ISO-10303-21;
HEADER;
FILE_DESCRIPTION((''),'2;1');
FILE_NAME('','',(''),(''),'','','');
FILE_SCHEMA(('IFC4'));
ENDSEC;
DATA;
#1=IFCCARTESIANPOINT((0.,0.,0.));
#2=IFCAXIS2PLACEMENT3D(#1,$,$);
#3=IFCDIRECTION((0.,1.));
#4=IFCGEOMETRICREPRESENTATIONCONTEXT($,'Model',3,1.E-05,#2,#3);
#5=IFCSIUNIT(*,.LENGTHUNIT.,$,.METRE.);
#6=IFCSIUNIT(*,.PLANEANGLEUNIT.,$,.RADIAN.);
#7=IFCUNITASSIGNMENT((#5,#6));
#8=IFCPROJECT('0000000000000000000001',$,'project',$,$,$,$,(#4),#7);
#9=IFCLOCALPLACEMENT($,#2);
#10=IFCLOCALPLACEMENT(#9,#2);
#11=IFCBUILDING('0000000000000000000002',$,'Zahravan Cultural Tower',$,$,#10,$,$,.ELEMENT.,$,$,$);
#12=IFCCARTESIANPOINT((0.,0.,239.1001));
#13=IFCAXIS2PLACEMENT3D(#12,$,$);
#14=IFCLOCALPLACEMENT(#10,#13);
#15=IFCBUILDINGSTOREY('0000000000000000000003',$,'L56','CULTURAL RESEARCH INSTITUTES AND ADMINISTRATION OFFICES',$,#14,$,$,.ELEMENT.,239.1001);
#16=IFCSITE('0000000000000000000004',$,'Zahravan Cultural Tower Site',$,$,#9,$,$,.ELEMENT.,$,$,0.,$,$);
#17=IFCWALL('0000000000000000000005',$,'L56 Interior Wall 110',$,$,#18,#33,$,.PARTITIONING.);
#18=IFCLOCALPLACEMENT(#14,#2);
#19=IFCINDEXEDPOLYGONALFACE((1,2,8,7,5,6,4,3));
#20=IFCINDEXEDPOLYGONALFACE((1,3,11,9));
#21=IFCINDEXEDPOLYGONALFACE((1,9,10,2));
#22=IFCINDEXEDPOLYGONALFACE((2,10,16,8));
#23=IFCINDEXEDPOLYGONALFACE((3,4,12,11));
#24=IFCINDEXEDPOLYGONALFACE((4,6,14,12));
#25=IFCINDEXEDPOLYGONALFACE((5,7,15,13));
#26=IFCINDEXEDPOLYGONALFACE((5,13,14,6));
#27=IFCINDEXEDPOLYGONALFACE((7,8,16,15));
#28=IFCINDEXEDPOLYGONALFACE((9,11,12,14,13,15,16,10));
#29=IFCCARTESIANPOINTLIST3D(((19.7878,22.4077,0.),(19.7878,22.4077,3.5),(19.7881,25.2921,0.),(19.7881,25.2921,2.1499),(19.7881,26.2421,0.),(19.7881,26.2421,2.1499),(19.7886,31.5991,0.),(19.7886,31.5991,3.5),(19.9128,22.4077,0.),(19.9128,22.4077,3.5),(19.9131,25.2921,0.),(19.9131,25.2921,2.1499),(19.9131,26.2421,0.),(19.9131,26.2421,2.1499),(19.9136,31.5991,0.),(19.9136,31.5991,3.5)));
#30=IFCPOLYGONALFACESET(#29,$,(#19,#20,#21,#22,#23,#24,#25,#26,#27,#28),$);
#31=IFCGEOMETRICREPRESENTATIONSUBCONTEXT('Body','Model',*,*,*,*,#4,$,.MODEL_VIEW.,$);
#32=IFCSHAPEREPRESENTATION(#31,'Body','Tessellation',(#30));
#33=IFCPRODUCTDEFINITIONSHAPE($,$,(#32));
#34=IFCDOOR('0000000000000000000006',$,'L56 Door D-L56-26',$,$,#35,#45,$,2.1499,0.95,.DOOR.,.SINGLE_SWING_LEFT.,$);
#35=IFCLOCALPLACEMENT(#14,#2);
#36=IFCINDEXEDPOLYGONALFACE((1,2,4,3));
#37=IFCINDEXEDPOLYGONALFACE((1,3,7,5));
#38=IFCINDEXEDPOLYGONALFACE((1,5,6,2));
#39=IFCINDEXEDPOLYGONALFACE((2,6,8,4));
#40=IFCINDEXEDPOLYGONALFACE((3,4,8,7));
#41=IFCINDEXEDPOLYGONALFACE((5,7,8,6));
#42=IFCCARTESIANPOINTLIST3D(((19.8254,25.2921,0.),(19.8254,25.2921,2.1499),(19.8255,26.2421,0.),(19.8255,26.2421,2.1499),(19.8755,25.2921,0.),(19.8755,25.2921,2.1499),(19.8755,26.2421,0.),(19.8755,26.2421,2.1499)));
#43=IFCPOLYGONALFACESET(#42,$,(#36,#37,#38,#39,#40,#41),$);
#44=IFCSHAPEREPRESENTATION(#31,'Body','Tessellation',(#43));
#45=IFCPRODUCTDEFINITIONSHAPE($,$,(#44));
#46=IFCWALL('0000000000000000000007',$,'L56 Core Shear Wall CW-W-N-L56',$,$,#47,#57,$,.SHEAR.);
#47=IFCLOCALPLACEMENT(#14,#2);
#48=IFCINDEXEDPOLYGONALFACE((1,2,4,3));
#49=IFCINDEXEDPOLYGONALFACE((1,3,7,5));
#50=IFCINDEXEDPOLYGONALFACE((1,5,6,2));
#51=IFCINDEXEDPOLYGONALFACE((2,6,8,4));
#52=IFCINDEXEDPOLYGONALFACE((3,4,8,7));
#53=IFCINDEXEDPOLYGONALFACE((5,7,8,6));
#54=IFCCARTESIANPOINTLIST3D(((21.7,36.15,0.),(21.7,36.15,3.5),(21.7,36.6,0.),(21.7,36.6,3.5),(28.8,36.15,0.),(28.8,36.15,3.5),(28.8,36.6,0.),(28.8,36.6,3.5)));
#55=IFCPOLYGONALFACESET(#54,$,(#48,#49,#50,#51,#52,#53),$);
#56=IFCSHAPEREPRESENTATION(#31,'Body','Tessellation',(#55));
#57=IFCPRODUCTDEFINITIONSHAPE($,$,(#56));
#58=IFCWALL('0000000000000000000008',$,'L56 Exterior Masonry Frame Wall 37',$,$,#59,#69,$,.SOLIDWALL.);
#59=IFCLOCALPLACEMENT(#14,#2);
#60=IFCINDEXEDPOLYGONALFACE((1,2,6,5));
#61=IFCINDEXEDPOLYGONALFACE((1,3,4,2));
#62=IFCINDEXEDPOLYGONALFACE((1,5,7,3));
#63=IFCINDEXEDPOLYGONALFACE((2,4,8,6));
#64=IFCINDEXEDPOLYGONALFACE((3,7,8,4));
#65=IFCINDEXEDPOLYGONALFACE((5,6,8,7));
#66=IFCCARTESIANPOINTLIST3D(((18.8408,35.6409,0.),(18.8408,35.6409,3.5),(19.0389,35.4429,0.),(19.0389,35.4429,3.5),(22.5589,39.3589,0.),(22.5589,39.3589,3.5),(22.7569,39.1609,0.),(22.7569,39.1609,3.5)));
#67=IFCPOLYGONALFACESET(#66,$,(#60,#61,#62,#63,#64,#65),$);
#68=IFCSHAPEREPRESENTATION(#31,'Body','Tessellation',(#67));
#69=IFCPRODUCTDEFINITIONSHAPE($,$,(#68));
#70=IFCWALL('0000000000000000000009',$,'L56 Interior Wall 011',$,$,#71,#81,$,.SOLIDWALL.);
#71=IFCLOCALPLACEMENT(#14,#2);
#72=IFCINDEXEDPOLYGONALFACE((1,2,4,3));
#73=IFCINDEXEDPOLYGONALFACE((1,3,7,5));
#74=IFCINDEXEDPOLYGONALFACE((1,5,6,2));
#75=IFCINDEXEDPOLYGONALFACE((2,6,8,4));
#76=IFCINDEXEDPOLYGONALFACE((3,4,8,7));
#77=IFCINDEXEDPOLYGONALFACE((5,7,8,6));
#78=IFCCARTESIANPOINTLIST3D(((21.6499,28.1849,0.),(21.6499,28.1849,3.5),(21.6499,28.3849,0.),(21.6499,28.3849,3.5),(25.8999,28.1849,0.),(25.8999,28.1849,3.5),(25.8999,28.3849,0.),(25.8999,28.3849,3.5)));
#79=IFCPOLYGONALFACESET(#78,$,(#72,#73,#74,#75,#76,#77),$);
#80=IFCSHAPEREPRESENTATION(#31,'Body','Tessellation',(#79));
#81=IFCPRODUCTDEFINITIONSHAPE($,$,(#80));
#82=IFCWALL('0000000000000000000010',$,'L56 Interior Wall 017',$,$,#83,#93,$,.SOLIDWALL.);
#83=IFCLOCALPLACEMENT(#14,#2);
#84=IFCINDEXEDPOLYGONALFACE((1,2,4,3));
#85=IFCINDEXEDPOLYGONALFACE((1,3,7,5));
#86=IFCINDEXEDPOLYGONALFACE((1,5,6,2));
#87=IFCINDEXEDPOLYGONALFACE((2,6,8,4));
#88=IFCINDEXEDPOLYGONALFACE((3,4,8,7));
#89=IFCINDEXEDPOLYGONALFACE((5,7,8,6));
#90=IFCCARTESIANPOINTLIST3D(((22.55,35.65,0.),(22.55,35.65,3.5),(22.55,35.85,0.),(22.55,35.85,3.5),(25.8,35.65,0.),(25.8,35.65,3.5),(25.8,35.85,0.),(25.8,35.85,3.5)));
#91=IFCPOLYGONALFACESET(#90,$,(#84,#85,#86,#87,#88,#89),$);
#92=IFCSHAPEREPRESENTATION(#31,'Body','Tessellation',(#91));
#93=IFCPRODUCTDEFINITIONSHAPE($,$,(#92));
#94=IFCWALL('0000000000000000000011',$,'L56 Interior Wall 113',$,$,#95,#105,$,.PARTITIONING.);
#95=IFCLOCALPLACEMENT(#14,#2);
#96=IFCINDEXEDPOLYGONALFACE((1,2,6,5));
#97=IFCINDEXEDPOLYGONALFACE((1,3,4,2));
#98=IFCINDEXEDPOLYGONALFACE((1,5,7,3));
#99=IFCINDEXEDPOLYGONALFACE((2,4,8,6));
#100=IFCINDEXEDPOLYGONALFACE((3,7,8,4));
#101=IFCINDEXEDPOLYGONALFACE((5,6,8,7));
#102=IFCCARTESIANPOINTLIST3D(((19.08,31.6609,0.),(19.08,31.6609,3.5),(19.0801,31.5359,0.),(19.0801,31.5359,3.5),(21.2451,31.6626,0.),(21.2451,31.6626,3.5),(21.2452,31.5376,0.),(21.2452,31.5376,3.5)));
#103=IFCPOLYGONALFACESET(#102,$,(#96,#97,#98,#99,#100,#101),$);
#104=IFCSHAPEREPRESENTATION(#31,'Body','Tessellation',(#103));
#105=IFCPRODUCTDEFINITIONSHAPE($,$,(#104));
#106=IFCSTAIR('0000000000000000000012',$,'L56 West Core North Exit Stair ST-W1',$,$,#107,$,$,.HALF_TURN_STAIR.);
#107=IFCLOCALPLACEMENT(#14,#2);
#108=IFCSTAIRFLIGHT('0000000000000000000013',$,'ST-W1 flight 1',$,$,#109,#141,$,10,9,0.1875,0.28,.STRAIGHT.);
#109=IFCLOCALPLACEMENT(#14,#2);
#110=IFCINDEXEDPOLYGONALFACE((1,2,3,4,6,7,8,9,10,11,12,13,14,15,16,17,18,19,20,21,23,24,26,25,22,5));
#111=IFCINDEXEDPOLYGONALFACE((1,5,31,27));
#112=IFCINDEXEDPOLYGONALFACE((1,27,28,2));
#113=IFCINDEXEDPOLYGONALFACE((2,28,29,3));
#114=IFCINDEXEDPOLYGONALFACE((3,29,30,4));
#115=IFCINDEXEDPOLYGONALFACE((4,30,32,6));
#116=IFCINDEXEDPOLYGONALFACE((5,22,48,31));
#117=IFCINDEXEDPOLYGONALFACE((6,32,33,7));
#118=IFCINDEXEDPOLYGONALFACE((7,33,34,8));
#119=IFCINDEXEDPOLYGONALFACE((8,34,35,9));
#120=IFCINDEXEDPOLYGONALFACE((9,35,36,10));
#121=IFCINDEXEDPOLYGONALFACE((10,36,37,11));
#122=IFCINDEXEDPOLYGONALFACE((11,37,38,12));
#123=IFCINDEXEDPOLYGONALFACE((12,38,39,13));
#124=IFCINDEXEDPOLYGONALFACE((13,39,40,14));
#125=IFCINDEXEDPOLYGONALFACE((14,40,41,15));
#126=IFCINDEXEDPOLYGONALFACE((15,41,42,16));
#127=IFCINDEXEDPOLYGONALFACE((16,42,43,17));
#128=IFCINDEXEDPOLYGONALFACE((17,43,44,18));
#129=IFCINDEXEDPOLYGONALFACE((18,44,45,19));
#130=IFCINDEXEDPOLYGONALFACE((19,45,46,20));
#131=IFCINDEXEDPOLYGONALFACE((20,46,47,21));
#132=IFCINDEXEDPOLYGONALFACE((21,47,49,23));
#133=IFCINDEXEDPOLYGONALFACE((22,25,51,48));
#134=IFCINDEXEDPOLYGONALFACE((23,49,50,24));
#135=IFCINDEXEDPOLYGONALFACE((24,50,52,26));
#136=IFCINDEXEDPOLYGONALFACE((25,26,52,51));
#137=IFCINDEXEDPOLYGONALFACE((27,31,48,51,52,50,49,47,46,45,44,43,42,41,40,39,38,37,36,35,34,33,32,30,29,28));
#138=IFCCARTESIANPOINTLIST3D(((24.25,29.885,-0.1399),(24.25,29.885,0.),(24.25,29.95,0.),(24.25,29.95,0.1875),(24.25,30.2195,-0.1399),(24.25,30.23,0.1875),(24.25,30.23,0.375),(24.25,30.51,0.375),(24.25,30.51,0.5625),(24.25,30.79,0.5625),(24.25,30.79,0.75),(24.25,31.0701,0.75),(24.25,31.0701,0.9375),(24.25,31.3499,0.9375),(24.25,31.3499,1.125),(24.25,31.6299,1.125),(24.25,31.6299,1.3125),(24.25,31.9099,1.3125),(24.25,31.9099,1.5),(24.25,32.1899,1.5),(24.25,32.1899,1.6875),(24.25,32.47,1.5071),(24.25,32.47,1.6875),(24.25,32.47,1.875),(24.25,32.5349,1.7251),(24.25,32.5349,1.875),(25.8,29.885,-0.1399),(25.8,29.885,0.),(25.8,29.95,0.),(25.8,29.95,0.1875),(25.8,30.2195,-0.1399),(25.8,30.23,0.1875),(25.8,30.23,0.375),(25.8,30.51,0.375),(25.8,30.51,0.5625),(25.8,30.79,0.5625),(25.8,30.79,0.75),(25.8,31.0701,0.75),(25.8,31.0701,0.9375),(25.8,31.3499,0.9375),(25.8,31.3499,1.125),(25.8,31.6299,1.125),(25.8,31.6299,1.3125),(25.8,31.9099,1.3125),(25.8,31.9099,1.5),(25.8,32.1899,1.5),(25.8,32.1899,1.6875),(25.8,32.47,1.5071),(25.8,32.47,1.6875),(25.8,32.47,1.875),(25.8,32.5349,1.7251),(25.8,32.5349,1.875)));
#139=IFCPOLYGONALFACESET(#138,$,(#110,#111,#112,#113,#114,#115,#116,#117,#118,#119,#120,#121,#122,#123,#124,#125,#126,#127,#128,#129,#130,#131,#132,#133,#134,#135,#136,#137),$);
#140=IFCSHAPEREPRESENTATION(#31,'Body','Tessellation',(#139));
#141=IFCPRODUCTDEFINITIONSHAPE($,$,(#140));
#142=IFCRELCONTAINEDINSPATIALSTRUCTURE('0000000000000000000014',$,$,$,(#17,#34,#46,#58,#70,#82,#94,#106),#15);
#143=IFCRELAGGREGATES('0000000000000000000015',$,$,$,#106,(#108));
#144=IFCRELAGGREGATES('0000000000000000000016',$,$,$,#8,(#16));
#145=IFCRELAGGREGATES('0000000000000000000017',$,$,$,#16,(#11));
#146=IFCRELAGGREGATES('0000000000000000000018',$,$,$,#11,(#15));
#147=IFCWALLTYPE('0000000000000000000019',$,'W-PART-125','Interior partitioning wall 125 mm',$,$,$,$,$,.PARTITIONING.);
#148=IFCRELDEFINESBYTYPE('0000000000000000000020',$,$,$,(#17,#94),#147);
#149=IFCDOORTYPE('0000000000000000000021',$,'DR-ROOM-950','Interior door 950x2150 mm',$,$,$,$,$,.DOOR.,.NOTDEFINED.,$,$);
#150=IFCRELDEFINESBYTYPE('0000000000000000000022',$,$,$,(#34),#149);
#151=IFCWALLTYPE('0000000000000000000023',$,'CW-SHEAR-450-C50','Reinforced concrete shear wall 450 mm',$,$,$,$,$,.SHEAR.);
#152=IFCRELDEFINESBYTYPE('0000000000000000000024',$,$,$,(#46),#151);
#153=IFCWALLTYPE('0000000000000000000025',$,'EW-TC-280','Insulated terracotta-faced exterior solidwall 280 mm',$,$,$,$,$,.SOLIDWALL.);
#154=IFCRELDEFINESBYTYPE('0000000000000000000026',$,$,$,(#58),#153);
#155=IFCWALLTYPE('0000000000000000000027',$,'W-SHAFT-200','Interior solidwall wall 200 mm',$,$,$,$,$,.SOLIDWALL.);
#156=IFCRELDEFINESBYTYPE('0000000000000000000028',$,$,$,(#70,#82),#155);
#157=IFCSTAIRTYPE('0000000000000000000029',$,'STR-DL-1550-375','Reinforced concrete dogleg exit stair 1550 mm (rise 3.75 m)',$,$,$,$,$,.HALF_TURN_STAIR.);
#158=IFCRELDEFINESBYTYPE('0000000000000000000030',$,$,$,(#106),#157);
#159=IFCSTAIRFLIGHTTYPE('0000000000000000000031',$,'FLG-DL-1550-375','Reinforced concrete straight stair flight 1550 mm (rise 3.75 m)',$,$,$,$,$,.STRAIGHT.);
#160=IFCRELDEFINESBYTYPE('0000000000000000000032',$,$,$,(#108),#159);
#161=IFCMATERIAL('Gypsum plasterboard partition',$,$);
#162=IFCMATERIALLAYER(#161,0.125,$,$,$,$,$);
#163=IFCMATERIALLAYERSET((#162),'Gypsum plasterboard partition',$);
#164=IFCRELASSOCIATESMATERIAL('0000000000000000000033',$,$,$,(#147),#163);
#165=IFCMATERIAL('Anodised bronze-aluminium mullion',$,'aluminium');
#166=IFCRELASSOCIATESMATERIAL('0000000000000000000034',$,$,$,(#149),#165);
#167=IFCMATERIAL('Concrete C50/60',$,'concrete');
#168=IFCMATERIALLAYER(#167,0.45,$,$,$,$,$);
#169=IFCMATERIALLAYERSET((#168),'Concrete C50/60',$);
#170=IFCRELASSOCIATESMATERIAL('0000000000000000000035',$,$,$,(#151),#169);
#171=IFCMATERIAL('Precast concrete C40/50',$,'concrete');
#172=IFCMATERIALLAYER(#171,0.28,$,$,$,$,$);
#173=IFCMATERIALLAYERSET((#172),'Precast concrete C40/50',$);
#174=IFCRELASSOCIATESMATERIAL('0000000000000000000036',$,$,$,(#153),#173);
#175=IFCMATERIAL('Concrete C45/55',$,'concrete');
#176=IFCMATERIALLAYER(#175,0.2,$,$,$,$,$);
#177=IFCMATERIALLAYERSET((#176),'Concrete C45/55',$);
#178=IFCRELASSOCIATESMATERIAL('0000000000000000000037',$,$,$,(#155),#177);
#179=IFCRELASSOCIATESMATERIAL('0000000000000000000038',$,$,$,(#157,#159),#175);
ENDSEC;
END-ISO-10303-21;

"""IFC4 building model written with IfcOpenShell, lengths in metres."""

from ifc_helpers import new_model, si_unit, direction, frame, frame_2d, origin, place, context, subcontext, project, spatial, polyline, rectangle, outline, extrude, source, transform, mapped, material, layer, layer_set, type_object, element, fill, aggregate, save


model = new_model("IFC4")

# Units and contexts
model_context = context("Model", 3, precision=1e-05, world=origin(), true_north=direction((0.0, 1.0)))
body_context = subcontext(model_context, "Body", "Model", "MODEL_VIEW")
ifc_project = project(units=[si_unit("LENGTHUNIT", "METRE"), si_unit("PLANEANGLEUNIT", "RADIAN")], contexts=[model_context])

# Site, building, storey
site_placement = place(None, origin())
site = spatial("IfcSite", under=ifc_project, at=site_placement, Name="Zahravan Cultural Tower Site", CompositionType="ELEMENT", RefElevation=0.0)
building_placement = place(site_placement, origin())
building = spatial("IfcBuilding", under=site, at=building_placement, Name="Zahravan Cultural Tower", CompositionType="ELEMENT")
storey_placement = place(building_placement, frame((0.0, 0.0, 239.1001)))
storey = spatial("IfcBuildingStorey", under=building, at=storey_placement, Name="L56", Description="CULTURAL RESEARCH INSTITUTES AND ADMINISTRATION OFFICES", CompositionType="ELEMENT", Elevation=239.1001)

# Shared definitions
ifc_material_1 = material(Name="Concrete C50/60", Category="concrete")

# Wall, opening, door
ifc_material_2 = material(Name="Gypsum plasterboard partition")
ifc_layer_1 = layer(ifc_material_2, 0.125)
ifc_layer_set_1 = layer_set([ifc_layer_1], Name="Gypsum plasterboard partition")
wall_type_1 = type_object("IfcWallType", Name="W-PART-125", Description="Interior partitioning wall 125 mm", PredefinedType="PARTITIONING", material=ifc_layer_set_1)
ifc_material_3 = material(Name="Anodised bronze-aluminium mullion", Category="aluminium")
door_type = type_object("IfcDoorType", Name="DR-ROOM-950", Description="Interior door 950x2150 mm", OperationType="NOTDEFINED", PredefinedType="DOOR", material=ifc_material_3)
shared_shape_1 = source(origin(), body_context, "Body", "SweptSolid", [
    extrude(rectangle(XDim=0.95, YDim=2.1499, at=frame_2d((0.4751, 1.075))), frame((0.0, 0.0249, 0.0), z_axis=(0.0, -1.0, 0.0), x_axis=(1.0, 0.0, 0.0)), (0.0, 0.0, 1.0), 0.05),
])
wall_1_placement = place(storey_placement, frame((19.8511, 31.5991, 0.0), z_axis=(0.0, 0.0, 1.0), x_axis=(-0.00008, -1.0, 0.0)))
wall_1 = element("IfcWall", 1, at=wall_1_placement, inside=storey, type_object=wall_type_1, Name="L56 Interior Wall 110", PredefinedType="PARTITIONING", context=body_context, shape_type="SweptSolid", body=[
    extrude(rectangle(XDim=9.1914, YDim=0.125, at=frame_2d((4.5957, 0.0))), origin(), (0.0, 0.0, 1.0), 3.5),
])
opening_1_placement = place(wall_1_placement, frame((5.3569, 0.0, 0.0)))
opening_1 = element("IfcOpeningElement", 2, at=opening_1_placement, cuts=wall_1, PredefinedType="OPENING", context=body_context, shape_type="SweptSolid", body=[
    extrude(rectangle(XDim=0.95, YDim=2.1499, at=frame_2d((0.4751, 1.075))), frame((0.0, 0.0725, 0.0), z_axis=(0.0, -1.0, 0.0), x_axis=(1.0, 0.0, 0.0)), (0.0, 0.0, 1.0), 0.145),
])
door_1_placement = place(opening_1_placement, origin())
door_1 = element("IfcDoor", 3, at=door_1_placement, inside=storey, type_object=door_type, Name="L56 Door D-L56-26", OperationType="SINGLE_SWING_LEFT", OverallHeight=2.1499, OverallWidth=0.95, PredefinedType="DOOR", context=body_context, shape_type="MappedRepresentation", body=[
    mapped(shared_shape_1, transform((0.0, 0.0, 0.0), x_axis=(1.0, 0.0, 0.0), y_axis=(0.0, 1.0, 0.0), z_axis=(0.0, 0.0, 1.0), scale=1.0)),
])
fill(opening_1, door_1)

# Walls
ifc_layer_2 = layer(ifc_material_1, 0.45)
ifc_layer_set_2 = layer_set([ifc_layer_2], Name="Concrete C50/60")
wall_type_2 = type_object("IfcWallType", Name="CW-SHEAR-450-C50", Description="Reinforced concrete shear wall 450 mm", PredefinedType="SHEAR", material=ifc_layer_set_2)
shared_shape_2 = source(origin(), body_context, "Body", "SweptSolid", [
    extrude(rectangle(XDim=7.1001, YDim=0.45, at=frame_2d((3.55, 0.0))), origin(), (0.0, 0.0, 1.0), 3.5),
])
wall_2_placement = place(storey_placement, frame((21.7, 36.375, 0.0), z_axis=(0.0, 0.0, 1.0), x_axis=(1.0, 0.0, 0.0)))
element("IfcWall", 4, at=wall_2_placement, inside=storey, type_object=wall_type_2, Name="L56 Core Shear Wall CW-W-N-L56", PredefinedType="SHEAR", context=body_context, shape_type="MappedRepresentation", body=[
    mapped(shared_shape_2, transform((0.0, 0.0, 0.0), x_axis=(1.0, 0.0, 0.0), y_axis=(0.0, 1.0, 0.0), z_axis=(0.0, 0.0, 1.0), scale=1.0)),
])
ifc_material_4 = material(Name="Precast concrete C40/50", Category="concrete")
ifc_layer_3 = layer(ifc_material_4, 0.28)
ifc_layer_set_3 = layer_set([ifc_layer_3], Name="Precast concrete C40/50")
wall_type_3 = type_object("IfcWallType", Name="EW-TC-280", Description="Insulated terracotta-faced exterior solidwall 280 mm", PredefinedType="SOLIDWALL", material=ifc_layer_set_3)
shared_shape_3 = source(origin(), body_context, "Body", "SweptSolid", [
    extrude(rectangle(XDim=5.2581, YDim=0.28, at=frame_2d((2.6289, 0.0))), origin(), (0.0, 0.0, 1.0), 3.5),
])
wall_3_placement = place(storey_placement, frame((18.9399, 35.542, 0.0), z_axis=(0.0, 0.0, 1.0), x_axis=(0.707107, 0.707107, 0.0)))
element("IfcWall", 5, at=wall_3_placement, inside=storey, type_object=wall_type_3, Name="L56 Exterior Masonry Frame Wall 37", PredefinedType="SOLIDWALL", context=body_context, shape_type="MappedRepresentation", body=[
    mapped(shared_shape_3, transform((0.0, 0.0, 0.0), x_axis=(1.0, 0.0, 0.0), y_axis=(0.0, 1.0, 0.0), z_axis=(0.0, 0.0, 1.0), scale=1.0)),
])
ifc_material_5 = material(Name="Concrete C45/55", Category="concrete")
ifc_layer_4 = layer(ifc_material_5, 0.2)
ifc_layer_set_4 = layer_set([ifc_layer_4], Name="Concrete C45/55")
wall_type_4 = type_object("IfcWallType", Name="W-SHAFT-200", Description="Interior solidwall wall 200 mm", PredefinedType="SOLIDWALL", material=ifc_layer_set_4)
shared_shape_4 = source(origin(), body_context, "Body", "SweptSolid", [
    extrude(rectangle(XDim=4.25, YDim=0.2, at=frame_2d((2.125, 0.0))), origin(), (0.0, 0.0, 1.0), 3.5),
])
wall_4_placement = place(storey_placement, frame((21.6499, 28.2849, 0.0), z_axis=(0.0, 0.0, 1.0), x_axis=(1.0, 0.0, 0.0)))
element("IfcWall", 6, at=wall_4_placement, inside=storey, type_object=wall_type_4, Name="L56 Interior Wall 011", PredefinedType="SOLIDWALL", context=body_context, shape_type="MappedRepresentation", body=[
    mapped(shared_shape_4, transform((0.0, 0.0, 0.0), x_axis=(1.0, 0.0, 0.0), y_axis=(0.0, 1.0, 0.0), z_axis=(0.0, 0.0, 1.0), scale=1.0)),
])
shared_shape_5 = source(origin(), body_context, "Body", "SweptSolid", [
    extrude(rectangle(XDim=3.25, YDim=0.2, at=frame_2d((1.625, 0.0))), origin(), (0.0, 0.0, 1.0), 3.5),
])
wall_5_placement = place(storey_placement, frame((22.55, 35.75, 0.0), z_axis=(0.0, 0.0, 1.0), x_axis=(1.0, 0.0, 0.0)))
element("IfcWall", 7, at=wall_5_placement, inside=storey, type_object=wall_type_4, Name="L56 Interior Wall 017", PredefinedType="SOLIDWALL", context=body_context, shape_type="MappedRepresentation", body=[
    mapped(shared_shape_5, transform((0.0, 0.0, 0.0), x_axis=(1.0, 0.0, 0.0), y_axis=(0.0, 1.0, 0.0), z_axis=(0.0, 0.0, 1.0), scale=1.0)),
])
shared_shape_6 = source(origin(), body_context, "Body", "SweptSolid", [
    extrude(rectangle(XDim=2.165, YDim=0.125, at=frame_2d((1.0825, 0.0))), origin(), (0.0, 0.0, 1.0), 3.5),
])
wall_6_placement = place(storey_placement, frame((21.2451, 31.6001, 0.0), z_axis=(0.0, 0.0, 1.0), x_axis=(-1.0, -0.000789, 0.0)))
element("IfcWall", 8, at=wall_6_placement, inside=storey, type_object=wall_type_1, Name="L56 Interior Wall 113", PredefinedType="PARTITIONING", context=body_context, shape_type="MappedRepresentation", body=[
    mapped(shared_shape_6, transform((0.0, 0.0, 0.0), x_axis=(1.0, 0.0, 0.0), y_axis=(0.0, 1.0, 0.0), z_axis=(0.0, 0.0, 1.0), scale=1.0)),
])

# Stair, stair flight
stair_type = type_object("IfcStairType", Name="STR-DL-1550-375", Description="Reinforced concrete dogleg exit stair 1550 mm (rise 3.75 m)", PredefinedType="HALF_TURN_STAIR", material=ifc_material_5)
stair_placement = place(storey_placement, origin())
stair = element("IfcStair", 9, at=stair_placement, inside=storey, type_object=stair_type, Name="L56 West Core North Exit Stair ST-W1", PredefinedType="HALF_TURN_STAIR")
stair_flight_type = type_object("IfcStairFlightType", Name="FLG-DL-1550-375", Description="Reinforced concrete straight stair flight 1550 mm (rise 3.75 m)", PredefinedType="STRAIGHT", material=ifc_material_5)
stair_flight_1_placement = place(storey_placement, frame((25.0249, 29.95, 0.0), z_axis=(0.0, 0.0, 1.0), x_axis=(0.0, 1.0, 0.0)))
stair_flight_1 = element("IfcStairFlight", 10, at=stair_flight_1_placement, type_object=stair_flight_type, Name="ST-W1 flight 1", NumberOfRisers=10, NumberOfTreads=9, PredefinedType="STRAIGHT", RiserHeight=0.1875, TreadLength=0.28, context=body_context, shape_type="SweptSolid", body=[
    extrude(outline(polyline([(-0.0649, -0.1399), (-0.0649, 0.0), (0.0, 0.0), (0.0, 0.1875), (0.28, 0.1875), (0.28, 0.375), (0.5601, 0.375), (0.5601, 0.5625), (0.8401, 0.5625), (0.8401, 0.75), (1.1201, 0.75), (1.1201, 0.9375), (1.3999, 0.9375), (1.3999, 1.125), (1.6799, 1.125), (1.6799, 1.3125), (1.96, 1.3125), (1.96, 1.5), (2.24, 1.5), (2.24, 1.6875), (2.52, 1.6875), (2.52, 1.875), (2.585, 1.875), (2.585, 1.7251), (2.52, 1.5071), (0.2695, -0.1399), (-0.0649, -0.1399)])), frame((0.0, 0.7749, 0.0), z_axis=(0.0, -1.0, 0.0), x_axis=(1.0, 0.0, 0.0)), (0.0, 0.0, 1.0), 1.55),
])
aggregate(stair, [stair_flight_1])

save(model, "model.ifc")
